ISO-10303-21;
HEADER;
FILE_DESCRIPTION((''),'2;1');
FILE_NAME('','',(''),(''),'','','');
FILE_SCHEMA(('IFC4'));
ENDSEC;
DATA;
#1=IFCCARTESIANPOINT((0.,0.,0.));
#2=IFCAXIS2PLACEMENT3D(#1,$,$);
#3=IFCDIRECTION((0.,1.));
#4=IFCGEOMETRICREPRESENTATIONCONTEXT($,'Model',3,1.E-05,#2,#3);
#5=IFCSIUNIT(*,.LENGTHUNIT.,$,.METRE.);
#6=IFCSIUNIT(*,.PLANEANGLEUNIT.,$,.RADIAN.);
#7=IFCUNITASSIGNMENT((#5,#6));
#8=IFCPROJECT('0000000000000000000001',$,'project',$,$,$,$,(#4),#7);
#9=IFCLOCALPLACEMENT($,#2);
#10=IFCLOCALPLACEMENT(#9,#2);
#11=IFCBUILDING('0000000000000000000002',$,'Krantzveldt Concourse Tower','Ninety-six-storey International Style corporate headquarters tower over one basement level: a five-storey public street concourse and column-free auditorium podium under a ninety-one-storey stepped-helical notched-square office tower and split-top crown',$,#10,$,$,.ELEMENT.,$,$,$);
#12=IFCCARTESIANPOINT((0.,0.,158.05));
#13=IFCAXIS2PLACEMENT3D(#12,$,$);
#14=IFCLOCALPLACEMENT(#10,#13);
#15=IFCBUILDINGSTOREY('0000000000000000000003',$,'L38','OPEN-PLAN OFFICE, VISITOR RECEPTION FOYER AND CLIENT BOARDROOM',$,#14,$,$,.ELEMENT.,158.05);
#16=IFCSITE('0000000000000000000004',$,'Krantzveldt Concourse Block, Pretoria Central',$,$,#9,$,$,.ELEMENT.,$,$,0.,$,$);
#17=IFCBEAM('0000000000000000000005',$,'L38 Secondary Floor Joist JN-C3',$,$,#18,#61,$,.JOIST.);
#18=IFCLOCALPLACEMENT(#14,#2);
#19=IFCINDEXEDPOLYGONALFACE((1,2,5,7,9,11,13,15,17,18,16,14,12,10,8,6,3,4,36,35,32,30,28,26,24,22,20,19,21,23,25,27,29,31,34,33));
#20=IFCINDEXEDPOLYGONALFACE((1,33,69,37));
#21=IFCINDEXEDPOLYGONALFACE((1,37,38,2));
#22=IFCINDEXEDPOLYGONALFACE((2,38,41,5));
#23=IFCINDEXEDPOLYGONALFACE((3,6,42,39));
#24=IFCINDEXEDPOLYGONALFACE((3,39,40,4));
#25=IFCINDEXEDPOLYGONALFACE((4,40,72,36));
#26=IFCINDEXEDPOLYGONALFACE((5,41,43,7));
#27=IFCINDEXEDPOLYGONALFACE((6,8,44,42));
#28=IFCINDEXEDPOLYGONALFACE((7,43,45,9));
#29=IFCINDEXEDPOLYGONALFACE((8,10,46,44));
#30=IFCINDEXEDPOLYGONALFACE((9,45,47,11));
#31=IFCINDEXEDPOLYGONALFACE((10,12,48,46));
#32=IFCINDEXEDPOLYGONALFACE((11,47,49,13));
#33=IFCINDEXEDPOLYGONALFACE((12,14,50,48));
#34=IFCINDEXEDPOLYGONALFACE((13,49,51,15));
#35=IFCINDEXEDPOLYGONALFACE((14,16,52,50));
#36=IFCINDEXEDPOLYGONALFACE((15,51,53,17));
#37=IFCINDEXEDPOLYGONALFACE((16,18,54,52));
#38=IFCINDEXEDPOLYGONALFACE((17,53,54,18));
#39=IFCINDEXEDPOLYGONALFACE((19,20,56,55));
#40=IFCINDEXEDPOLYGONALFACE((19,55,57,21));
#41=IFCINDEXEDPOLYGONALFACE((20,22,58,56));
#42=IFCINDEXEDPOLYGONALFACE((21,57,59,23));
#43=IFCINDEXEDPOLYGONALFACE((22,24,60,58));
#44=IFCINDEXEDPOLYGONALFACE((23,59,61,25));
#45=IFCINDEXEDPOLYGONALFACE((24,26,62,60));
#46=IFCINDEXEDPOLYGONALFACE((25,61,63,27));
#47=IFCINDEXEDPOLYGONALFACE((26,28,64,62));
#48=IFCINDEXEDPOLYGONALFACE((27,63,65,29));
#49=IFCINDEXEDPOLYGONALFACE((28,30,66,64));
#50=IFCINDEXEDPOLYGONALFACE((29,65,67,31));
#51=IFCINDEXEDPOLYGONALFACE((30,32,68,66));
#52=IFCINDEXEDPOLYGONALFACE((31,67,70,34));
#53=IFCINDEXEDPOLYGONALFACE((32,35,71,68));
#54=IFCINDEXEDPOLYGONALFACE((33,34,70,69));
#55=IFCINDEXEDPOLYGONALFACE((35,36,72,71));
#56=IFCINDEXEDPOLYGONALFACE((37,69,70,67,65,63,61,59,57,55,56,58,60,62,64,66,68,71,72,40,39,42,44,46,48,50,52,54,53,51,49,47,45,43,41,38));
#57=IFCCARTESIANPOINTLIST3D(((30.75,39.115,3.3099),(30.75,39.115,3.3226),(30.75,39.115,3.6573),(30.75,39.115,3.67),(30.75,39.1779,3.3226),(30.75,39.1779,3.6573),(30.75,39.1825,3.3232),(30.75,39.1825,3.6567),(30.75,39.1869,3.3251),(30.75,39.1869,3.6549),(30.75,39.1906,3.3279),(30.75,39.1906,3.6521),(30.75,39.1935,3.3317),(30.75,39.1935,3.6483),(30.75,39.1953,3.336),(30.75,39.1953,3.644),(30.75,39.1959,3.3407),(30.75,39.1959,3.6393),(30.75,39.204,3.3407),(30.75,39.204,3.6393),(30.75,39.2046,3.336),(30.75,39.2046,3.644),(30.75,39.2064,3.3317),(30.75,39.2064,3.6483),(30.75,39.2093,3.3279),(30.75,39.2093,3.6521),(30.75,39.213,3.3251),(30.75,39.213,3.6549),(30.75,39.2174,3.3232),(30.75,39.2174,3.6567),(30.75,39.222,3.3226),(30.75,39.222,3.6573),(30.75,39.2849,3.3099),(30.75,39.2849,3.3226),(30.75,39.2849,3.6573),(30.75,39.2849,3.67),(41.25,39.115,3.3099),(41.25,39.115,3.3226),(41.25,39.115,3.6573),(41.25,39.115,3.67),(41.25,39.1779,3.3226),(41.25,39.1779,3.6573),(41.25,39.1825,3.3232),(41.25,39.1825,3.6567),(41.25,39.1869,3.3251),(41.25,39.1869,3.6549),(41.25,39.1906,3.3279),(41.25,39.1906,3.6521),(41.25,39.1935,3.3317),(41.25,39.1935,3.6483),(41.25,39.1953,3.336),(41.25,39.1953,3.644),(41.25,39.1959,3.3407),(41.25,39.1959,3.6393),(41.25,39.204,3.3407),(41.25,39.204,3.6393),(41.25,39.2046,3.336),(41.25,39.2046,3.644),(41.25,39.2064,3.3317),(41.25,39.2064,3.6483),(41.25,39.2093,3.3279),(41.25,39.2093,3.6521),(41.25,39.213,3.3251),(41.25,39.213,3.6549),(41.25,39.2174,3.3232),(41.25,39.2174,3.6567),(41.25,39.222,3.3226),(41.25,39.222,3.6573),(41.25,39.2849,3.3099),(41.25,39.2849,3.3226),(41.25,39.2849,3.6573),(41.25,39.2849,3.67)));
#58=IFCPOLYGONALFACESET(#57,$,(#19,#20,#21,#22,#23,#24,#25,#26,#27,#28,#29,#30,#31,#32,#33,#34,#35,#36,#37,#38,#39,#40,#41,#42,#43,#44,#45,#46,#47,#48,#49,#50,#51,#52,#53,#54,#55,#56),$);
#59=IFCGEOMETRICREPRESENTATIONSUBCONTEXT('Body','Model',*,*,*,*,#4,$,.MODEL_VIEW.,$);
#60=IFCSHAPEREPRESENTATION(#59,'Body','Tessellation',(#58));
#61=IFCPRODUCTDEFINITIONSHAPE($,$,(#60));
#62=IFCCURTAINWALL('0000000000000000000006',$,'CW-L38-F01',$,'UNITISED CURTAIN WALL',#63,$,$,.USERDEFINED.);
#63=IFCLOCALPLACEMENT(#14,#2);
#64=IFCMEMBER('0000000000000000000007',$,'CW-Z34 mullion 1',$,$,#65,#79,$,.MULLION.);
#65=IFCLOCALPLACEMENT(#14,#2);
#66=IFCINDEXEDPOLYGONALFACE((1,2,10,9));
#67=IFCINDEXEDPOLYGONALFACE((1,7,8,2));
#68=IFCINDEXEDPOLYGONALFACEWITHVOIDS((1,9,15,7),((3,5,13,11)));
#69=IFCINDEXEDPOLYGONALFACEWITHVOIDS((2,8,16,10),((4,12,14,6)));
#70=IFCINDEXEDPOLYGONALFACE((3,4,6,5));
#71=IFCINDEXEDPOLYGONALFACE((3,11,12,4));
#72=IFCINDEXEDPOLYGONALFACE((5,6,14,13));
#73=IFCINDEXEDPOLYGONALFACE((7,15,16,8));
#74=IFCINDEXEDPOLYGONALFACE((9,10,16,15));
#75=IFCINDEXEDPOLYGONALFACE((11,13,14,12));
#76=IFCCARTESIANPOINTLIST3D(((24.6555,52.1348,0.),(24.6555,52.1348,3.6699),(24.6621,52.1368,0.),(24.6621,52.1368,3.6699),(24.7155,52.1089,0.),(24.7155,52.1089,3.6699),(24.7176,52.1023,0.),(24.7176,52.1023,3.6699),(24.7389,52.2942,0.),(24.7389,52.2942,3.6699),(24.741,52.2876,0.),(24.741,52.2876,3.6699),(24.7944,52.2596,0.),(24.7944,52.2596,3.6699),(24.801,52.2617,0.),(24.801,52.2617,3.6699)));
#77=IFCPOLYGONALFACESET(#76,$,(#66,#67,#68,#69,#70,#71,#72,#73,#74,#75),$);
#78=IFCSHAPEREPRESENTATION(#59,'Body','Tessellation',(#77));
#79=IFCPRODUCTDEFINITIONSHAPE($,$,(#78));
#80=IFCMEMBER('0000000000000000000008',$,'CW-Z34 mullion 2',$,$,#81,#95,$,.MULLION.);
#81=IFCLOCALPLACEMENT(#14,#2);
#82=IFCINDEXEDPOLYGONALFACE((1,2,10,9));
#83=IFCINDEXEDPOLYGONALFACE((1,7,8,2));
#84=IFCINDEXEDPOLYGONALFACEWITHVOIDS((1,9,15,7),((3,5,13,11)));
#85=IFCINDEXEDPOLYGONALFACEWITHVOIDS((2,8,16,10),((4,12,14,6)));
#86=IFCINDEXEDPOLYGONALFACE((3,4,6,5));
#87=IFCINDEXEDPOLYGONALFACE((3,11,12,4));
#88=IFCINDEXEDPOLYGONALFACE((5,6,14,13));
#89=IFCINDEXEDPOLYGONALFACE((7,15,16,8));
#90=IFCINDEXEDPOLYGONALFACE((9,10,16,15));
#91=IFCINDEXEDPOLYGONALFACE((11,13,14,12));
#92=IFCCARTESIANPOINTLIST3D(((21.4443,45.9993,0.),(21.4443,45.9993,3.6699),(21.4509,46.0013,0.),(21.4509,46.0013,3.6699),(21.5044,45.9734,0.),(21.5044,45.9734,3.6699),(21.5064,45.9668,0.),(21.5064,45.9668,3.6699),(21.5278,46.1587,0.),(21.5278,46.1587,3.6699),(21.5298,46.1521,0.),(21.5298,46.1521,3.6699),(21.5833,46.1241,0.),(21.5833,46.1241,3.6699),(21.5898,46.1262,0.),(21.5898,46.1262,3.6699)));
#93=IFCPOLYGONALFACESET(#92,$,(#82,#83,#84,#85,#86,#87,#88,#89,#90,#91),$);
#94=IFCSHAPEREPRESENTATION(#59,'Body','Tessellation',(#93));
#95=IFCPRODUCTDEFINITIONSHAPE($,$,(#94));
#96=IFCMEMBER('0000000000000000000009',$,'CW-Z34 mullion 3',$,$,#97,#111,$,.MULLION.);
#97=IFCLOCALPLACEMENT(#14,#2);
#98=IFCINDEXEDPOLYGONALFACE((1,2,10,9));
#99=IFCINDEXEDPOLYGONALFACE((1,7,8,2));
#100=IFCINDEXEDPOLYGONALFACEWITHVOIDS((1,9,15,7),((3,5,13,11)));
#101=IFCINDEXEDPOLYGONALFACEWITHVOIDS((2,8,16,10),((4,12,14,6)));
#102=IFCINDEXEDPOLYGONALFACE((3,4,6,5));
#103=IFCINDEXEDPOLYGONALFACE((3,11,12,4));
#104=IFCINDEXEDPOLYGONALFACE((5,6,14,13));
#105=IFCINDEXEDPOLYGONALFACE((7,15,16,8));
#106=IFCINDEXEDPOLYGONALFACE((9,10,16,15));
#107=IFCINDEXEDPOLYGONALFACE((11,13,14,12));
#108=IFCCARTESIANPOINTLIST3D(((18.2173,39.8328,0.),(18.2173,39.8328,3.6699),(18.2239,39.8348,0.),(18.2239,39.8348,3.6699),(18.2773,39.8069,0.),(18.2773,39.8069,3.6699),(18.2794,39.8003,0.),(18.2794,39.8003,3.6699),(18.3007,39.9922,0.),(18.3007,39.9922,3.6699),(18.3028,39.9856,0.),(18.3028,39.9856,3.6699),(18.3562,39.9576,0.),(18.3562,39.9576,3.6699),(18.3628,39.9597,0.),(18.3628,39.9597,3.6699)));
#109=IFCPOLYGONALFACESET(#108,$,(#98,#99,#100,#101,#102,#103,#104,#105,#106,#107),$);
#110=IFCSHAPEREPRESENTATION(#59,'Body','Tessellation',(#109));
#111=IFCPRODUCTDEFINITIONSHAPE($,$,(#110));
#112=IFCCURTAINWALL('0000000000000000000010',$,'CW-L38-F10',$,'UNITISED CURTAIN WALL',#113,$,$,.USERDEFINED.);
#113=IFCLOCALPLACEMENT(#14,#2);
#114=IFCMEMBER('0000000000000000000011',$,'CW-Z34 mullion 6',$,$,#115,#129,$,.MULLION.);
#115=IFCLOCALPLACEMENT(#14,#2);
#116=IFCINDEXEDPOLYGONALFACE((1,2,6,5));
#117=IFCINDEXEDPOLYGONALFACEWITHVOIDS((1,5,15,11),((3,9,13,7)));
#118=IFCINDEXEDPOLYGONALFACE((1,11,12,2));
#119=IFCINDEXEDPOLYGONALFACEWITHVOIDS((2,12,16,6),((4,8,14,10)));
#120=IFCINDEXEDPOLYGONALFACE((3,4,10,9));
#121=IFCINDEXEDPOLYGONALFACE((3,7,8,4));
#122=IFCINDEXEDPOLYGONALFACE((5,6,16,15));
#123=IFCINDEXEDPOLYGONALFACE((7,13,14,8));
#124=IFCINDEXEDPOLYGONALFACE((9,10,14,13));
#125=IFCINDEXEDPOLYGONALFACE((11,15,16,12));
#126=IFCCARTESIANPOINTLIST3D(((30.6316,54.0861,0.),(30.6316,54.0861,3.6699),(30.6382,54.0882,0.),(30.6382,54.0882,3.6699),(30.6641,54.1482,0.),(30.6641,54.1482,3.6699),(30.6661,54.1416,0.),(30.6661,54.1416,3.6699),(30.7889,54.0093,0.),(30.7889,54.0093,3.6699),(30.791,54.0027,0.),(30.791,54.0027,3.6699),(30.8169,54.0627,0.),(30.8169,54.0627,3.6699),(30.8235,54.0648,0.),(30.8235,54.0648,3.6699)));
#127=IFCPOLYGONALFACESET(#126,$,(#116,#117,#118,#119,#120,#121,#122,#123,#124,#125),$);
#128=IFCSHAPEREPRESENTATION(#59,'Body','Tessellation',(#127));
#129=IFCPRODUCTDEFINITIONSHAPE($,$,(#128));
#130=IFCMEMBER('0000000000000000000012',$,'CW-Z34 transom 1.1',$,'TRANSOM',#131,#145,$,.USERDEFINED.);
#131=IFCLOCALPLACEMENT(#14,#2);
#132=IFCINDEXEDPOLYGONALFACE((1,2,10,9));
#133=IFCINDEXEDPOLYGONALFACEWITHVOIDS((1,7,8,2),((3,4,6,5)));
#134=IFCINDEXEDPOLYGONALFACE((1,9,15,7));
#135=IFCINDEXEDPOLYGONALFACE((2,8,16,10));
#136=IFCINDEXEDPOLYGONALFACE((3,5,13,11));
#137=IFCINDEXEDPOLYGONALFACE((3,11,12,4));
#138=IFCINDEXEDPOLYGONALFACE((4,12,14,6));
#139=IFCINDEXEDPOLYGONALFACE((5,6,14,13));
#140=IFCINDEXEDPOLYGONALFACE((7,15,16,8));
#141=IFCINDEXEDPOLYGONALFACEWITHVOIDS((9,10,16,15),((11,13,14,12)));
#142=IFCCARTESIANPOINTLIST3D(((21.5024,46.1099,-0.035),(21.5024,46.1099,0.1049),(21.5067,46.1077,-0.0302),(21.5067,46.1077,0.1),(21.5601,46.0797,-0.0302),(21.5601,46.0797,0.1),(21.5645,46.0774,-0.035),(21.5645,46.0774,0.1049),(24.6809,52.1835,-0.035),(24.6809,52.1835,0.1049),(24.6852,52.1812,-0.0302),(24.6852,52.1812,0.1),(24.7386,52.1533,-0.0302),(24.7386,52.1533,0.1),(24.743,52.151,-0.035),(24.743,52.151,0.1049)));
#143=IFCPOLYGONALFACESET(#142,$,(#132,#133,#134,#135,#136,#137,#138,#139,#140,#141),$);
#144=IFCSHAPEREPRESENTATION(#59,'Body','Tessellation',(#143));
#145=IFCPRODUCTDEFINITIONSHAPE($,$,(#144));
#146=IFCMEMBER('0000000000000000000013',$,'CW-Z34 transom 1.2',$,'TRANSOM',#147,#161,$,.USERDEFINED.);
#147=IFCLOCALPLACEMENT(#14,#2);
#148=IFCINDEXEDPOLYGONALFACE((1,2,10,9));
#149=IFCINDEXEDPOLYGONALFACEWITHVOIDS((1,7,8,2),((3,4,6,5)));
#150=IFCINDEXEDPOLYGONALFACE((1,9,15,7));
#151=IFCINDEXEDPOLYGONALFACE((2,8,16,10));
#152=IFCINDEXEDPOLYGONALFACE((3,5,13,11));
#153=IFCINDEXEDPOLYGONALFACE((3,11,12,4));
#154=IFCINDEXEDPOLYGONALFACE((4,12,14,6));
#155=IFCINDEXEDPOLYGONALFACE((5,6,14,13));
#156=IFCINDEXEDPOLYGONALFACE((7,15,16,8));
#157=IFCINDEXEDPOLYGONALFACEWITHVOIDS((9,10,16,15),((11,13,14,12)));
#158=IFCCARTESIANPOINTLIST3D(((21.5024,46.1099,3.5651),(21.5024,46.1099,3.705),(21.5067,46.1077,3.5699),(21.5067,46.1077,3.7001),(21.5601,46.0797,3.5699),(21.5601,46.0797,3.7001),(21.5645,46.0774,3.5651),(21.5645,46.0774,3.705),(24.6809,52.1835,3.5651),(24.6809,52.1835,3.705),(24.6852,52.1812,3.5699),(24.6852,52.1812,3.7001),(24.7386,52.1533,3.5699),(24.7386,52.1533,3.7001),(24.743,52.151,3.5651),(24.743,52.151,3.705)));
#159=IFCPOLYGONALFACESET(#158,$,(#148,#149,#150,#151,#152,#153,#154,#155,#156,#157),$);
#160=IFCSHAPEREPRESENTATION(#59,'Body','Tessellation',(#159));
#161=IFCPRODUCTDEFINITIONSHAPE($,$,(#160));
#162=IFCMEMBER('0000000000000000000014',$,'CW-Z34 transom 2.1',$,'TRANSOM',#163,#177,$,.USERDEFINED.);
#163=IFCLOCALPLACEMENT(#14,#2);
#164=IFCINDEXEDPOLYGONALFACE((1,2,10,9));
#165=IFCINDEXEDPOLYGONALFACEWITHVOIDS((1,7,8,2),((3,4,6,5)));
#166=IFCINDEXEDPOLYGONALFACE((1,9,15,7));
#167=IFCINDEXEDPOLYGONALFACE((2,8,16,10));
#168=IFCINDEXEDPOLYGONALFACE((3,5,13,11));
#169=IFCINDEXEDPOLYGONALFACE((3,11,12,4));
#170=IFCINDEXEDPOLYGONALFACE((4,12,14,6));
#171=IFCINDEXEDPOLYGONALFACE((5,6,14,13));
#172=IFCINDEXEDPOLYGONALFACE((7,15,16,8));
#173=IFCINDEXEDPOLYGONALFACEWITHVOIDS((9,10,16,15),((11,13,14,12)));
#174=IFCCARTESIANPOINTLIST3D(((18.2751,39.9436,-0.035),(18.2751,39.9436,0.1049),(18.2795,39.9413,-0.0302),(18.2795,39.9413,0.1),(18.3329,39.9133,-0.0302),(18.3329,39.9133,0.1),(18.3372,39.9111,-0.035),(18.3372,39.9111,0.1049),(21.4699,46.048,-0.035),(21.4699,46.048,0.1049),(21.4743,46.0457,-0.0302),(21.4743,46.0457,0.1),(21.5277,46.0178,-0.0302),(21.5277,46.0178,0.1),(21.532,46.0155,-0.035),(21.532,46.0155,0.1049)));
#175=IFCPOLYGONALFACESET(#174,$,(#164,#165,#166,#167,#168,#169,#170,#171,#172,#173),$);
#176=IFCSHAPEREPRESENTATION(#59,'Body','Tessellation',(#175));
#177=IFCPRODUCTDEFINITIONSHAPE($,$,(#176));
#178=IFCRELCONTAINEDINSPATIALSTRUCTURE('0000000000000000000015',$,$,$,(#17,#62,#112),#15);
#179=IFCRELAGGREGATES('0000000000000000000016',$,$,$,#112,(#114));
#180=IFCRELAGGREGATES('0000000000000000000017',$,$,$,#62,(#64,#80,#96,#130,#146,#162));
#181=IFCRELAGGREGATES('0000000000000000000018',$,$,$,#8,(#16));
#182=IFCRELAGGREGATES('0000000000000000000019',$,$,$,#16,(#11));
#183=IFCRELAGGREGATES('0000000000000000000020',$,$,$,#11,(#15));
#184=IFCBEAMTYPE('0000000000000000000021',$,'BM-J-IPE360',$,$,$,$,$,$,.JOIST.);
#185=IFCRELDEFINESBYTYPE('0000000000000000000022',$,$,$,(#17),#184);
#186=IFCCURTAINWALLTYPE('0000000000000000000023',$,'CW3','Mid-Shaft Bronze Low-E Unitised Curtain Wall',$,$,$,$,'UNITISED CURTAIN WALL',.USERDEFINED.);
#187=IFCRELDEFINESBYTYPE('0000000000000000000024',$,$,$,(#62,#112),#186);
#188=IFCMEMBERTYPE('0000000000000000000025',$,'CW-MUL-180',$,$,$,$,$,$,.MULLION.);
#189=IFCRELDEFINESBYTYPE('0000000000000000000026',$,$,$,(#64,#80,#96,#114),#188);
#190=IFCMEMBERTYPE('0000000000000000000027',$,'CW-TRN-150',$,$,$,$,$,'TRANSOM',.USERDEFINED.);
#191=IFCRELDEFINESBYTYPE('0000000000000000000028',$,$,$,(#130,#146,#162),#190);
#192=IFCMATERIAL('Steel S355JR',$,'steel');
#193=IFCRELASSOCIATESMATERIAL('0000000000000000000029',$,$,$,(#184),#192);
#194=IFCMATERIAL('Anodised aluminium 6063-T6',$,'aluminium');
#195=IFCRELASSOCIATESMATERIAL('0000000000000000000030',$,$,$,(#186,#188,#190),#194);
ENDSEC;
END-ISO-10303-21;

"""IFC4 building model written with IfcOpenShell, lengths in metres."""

from ifc_helpers import new_model, si_unit, direction, frame, origin, origin_2d, place, context, subcontext, project, spatial, hollow_rectangle, i_section, extrude, source, transform, mapped, material, material_profile, profile_set, type_object, type_shapes, element, aggregate, save


model = new_model("IFC4")

# Units and contexts
model_context = context("Model", 3, precision=1e-05, world=origin(), true_north=direction((0.0, 1.0)))
body_context = subcontext(model_context, "Body", "Model", "MODEL_VIEW")
ifc_project = project(units=[si_unit("LENGTHUNIT", "METRE"), si_unit("PLANEANGLEUNIT", "RADIAN")], contexts=[model_context])

# Site, building, storey
site_placement = place(None, origin())
site = spatial("IfcSite", under=ifc_project, at=site_placement, Name="Krantzveldt Concourse Block, Pretoria Central", CompositionType="ELEMENT", RefElevation=0.0)
building_placement = place(site_placement, origin())
building = spatial("IfcBuilding", under=site, at=building_placement, Name="Krantzveldt Concourse Tower", Description="Ninety-six-storey International Style corporate headquarters tower over one basement level: a five-storey public street concourse and column-free auditorium podium under a ninety-one-storey stepped-helical notched-square office tower and split-top crown", CompositionType="ELEMENT")
storey_placement = place(building_placement, frame((0.0, 0.0, 158.05)))
storey = spatial("IfcBuildingStorey", under=building, at=storey_placement, Name="L38", Description="OPEN-PLAN OFFICE, VISITOR RECEPTION FOYER AND CLIENT BOARDROOM", CompositionType="ELEMENT", Elevation=158.05)

# Beam
ifc_material_1 = material(Name="Steel S355JR", Category="steel")
ifc_material_profile_1 = material_profile(ifc_material_1, i_section(OverallWidth=0.1699, OverallDepth=0.3601, WebThickness=0.0081, FlangeThickness=0.0127, FilletRadius=0.0181, at=origin_2d()), Name="Steel S355JR", Category="steel")
ifc_profile_set_1 = profile_set([ifc_material_profile_1], Name="Steel S355JR - IPE 360")
beam_type_1 = type_object("IfcBeamType", Name="BM-J-IPE360", PredefinedType="JOIST", material=ifc_profile_set_1)
shared_shape_1 = source(origin(), body_context, "Body", "SweptSolid", [
    extrude(i_section(OverallWidth=0.1699, OverallDepth=0.3601, WebThickness=0.0081, FlangeThickness=0.0127, FilletRadius=0.0181, at=origin_2d()), origin(), (0.0, 0.0, 1.0), 10.5),
])
type_shapes(beam_type_1, [shared_shape_1])
beam_1_placement = place(storey_placement, frame((30.75, 39.2, 3.49), z_axis=(1.0, 0.0, 0.0), x_axis=(0.0, 1.0, 0.0)))
element("IfcBeam", 1, at=beam_1_placement, inside=storey, type_object=beam_type_1, Name="L38 Secondary Floor Joist JN-C3", PredefinedType="JOIST", context=body_context, shape_type="MappedRepresentation", body=[
    mapped(shared_shape_1, transform((0.0, 0.0, 0.0), x_axis=(1.0, 0.0, 0.0), y_axis=(0.0, 1.0, 0.0), z_axis=(0.0, 0.0, 1.0), scale=1.0)),
])

# Curtain wall, members
ifc_material_2 = material(Name="Anodised aluminium 6063-T6", Category="aluminium")
curtain_wall_type = type_object("IfcCurtainWallType", Name="CW3", Description="Mid-Shaft Bronze Low-E Unitised Curtain Wall", ElementType="UNITISED CURTAIN WALL", PredefinedType="USERDEFINED", material=ifc_material_2)
curtain_wall_1_placement = place(storey_placement, origin())
curtain_wall_1 = element("IfcCurtainWall", 2, at=curtain_wall_1_placement, inside=storey, type_object=curtain_wall_type, Name="CW-L38-F01", ObjectType="UNITISED CURTAIN WALL", PredefinedType="USERDEFINED")
ifc_material_profile_2 = material_profile(ifc_material_2, hollow_rectangle(XDim=0.0701, YDim=0.1799, WallThickness=0.0049, at=origin_2d()), Name="Anodised aluminium 6063-T6", Category="aluminium")
ifc_profile_set_2 = profile_set([ifc_material_profile_2], Name="Anodised aluminium 6063-T6 - ALU-MULL 180x70x5")
member_type_1 = type_object("IfcMemberType", Name="CW-MUL-180", PredefinedType="MULLION", material=ifc_profile_set_2)
shared_shape_2 = source(origin(), body_context, "Body", "SweptSolid", [
    extrude(hollow_rectangle(XDim=0.0701, YDim=0.1799, WallThickness=0.0049, at=origin_2d()), origin(), (0.0, 0.0, 1.0), 3.6699),
])
type_shapes(member_type_1, [shared_shape_2])
member_1_placement = place(storey_placement, frame((24.7283, 52.1982, 0.0), z_axis=(0.0, 0.0, 1.0), x_axis=(0.886001, -0.463683, 0.0)))
member_1 = element("IfcMember", 3, at=member_1_placement, type_object=member_type_1, Name="CW-Z34 mullion 1", PredefinedType="MULLION", context=body_context, shape_type="MappedRepresentation", body=[
    mapped(shared_shape_2, transform((0.0, 0.0, 0.0), x_axis=(1.0, 0.0, 0.0), y_axis=(0.0, 1.0, 0.0), z_axis=(0.0, 0.0, 1.0), scale=1.0)),
])
member_2_placement = place(storey_placement, frame((21.5171, 46.0627, 0.0), z_axis=(0.0, 0.0, 1.0), x_axis=(0.886001, -0.463683, 0.0)))
member_2 = element("IfcMember", 4, at=member_2_placement, type_object=member_type_1, Name="CW-Z34 mullion 2", PredefinedType="MULLION", context=body_context, shape_type="MappedRepresentation", body=[
    mapped(shared_shape_2, transform((0.0, 0.0, 0.0), x_axis=(1.0, 0.0, 0.0), y_axis=(0.0, 1.0, 0.0), z_axis=(0.0, 0.0, 1.0), scale=1.0)),
])
member_3_placement = place(storey_placement, frame((18.29, 39.8962, 0.0), z_axis=(0.0, 0.0, 1.0), x_axis=(0.886001, -0.463683, 0.0)))
member_3 = element("IfcMember", 5, at=member_3_placement, type_object=member_type_1, Name="CW-Z34 mullion 3", PredefinedType="MULLION", context=body_context, shape_type="MappedRepresentation", body=[
    mapped(shared_shape_2, transform((0.0, 0.0, 0.0), x_axis=(1.0, 0.0, 0.0), y_axis=(0.0, 1.0, 0.0), z_axis=(0.0, 0.0, 1.0), scale=1.0)),
])

# Curtain wall, member
curtain_wall_2_placement = place(storey_placement, origin())
curtain_wall_2 = element("IfcCurtainWall", 6, at=curtain_wall_2_placement, inside=storey, type_object=curtain_wall_type, Name="CW-L38-F10", ObjectType="UNITISED CURTAIN WALL", PredefinedType="USERDEFINED")
member_4_placement = place(storey_placement, frame((30.7275, 54.0754, 0.0), z_axis=(0.0, 0.0, 1.0), x_axis=(-0.463683, -0.886001, 0.0)))
member_4 = element("IfcMember", 7, at=member_4_placement, type_object=member_type_1, Name="CW-Z34 mullion 6", PredefinedType="MULLION", context=body_context, shape_type="MappedRepresentation", body=[
    mapped(shared_shape_2, transform((0.0, 0.0, 0.0), x_axis=(1.0, 0.0, 0.0), y_axis=(0.0, 1.0, 0.0), z_axis=(0.0, 0.0, 1.0), scale=1.0)),
])

# Members
ifc_material_profile_3 = material_profile(ifc_material_2, hollow_rectangle(XDim=0.0701, YDim=0.1399, WallThickness=0.0049, at=origin_2d()), Name="Anodised aluminium 6063-T6", Category="aluminium")
ifc_profile_set_3 = profile_set([ifc_material_profile_3], Name="Anodised aluminium 6063-T6 - ALU-TRAN 140x70x5")
member_type_2 = type_object("IfcMemberType", Name="CW-TRN-150", ElementType="TRANSOM", PredefinedType="USERDEFINED", material=ifc_profile_set_3)
shared_shape_3 = source(origin(), body_context, "Body", "SweptSolid", [
    extrude(hollow_rectangle(XDim=0.0701, YDim=0.1399, WallThickness=0.0049, at=origin_2d()), origin(), (0.0, 0.0, 1.0), 6.855),
])
member_5_placement = place(storey_placement, frame((24.7119, 52.1672, 0.0349), z_axis=(-0.463677, -0.886004, 0.0), x_axis=(0.886004, -0.463677, 0.0)))
member_5 = element("IfcMember", 8, at=member_5_placement, type_object=member_type_2, Name="CW-Z34 transom 1.1", ObjectType="TRANSOM", PredefinedType="USERDEFINED", context=body_context, shape_type="MappedRepresentation", body=[
    mapped(shared_shape_3, transform((0.0, 0.0, 0.0), x_axis=(1.0, 0.0, 0.0), y_axis=(0.0, 1.0, 0.0), z_axis=(0.0, 0.0, 1.0), scale=1.0)),
])
member_6_placement = place(storey_placement, frame((24.7119, 52.1672, 3.635), z_axis=(-0.463677, -0.886004, 0.0), x_axis=(0.886004, -0.463677, 0.0)))
member_6 = element("IfcMember", 9, at=member_6_placement, type_object=member_type_2, Name="CW-Z34 transom 1.2", ObjectType="TRANSOM", PredefinedType="USERDEFINED", context=body_context, shape_type="MappedRepresentation", body=[
    mapped(shared_shape_3, transform((0.0, 0.0, 0.0), x_axis=(1.0, 0.0, 0.0), y_axis=(0.0, 1.0, 0.0), z_axis=(0.0, 0.0, 1.0), scale=1.0)),
])
shared_shape_4 = source(origin(), body_context, "Body", "SweptSolid", [
    extrude(hollow_rectangle(XDim=0.0701, YDim=0.1399, WallThickness=0.0049, at=origin_2d()), origin(), (0.0, 0.0, 1.0), 6.8899),
])
type_shapes(member_type_2, [shared_shape_3, shared_shape_4])
member_7_placement = place(storey_placement, frame((21.501, 46.0317, 0.0349), z_axis=(-0.463692, -0.885997, 0.0), x_axis=(0.885997, -0.463692, 0.0)))
member_7 = element("IfcMember", 10, at=member_7_placement, type_object=member_type_2, Name="CW-Z34 transom 2.1", ObjectType="TRANSOM", PredefinedType="USERDEFINED", context=body_context, shape_type="MappedRepresentation", body=[
    mapped(shared_shape_4, transform((0.0, 0.0, 0.0), x_axis=(1.0, 0.0, 0.0), y_axis=(0.0, 1.0, 0.0), z_axis=(0.0, 0.0, 1.0), scale=1.0)),
])

aggregate(curtain_wall_2, [member_4])
aggregate(curtain_wall_1, [member_1, member_2, member_3, member_5, member_6, member_7])

save(model, "model.ifc")
